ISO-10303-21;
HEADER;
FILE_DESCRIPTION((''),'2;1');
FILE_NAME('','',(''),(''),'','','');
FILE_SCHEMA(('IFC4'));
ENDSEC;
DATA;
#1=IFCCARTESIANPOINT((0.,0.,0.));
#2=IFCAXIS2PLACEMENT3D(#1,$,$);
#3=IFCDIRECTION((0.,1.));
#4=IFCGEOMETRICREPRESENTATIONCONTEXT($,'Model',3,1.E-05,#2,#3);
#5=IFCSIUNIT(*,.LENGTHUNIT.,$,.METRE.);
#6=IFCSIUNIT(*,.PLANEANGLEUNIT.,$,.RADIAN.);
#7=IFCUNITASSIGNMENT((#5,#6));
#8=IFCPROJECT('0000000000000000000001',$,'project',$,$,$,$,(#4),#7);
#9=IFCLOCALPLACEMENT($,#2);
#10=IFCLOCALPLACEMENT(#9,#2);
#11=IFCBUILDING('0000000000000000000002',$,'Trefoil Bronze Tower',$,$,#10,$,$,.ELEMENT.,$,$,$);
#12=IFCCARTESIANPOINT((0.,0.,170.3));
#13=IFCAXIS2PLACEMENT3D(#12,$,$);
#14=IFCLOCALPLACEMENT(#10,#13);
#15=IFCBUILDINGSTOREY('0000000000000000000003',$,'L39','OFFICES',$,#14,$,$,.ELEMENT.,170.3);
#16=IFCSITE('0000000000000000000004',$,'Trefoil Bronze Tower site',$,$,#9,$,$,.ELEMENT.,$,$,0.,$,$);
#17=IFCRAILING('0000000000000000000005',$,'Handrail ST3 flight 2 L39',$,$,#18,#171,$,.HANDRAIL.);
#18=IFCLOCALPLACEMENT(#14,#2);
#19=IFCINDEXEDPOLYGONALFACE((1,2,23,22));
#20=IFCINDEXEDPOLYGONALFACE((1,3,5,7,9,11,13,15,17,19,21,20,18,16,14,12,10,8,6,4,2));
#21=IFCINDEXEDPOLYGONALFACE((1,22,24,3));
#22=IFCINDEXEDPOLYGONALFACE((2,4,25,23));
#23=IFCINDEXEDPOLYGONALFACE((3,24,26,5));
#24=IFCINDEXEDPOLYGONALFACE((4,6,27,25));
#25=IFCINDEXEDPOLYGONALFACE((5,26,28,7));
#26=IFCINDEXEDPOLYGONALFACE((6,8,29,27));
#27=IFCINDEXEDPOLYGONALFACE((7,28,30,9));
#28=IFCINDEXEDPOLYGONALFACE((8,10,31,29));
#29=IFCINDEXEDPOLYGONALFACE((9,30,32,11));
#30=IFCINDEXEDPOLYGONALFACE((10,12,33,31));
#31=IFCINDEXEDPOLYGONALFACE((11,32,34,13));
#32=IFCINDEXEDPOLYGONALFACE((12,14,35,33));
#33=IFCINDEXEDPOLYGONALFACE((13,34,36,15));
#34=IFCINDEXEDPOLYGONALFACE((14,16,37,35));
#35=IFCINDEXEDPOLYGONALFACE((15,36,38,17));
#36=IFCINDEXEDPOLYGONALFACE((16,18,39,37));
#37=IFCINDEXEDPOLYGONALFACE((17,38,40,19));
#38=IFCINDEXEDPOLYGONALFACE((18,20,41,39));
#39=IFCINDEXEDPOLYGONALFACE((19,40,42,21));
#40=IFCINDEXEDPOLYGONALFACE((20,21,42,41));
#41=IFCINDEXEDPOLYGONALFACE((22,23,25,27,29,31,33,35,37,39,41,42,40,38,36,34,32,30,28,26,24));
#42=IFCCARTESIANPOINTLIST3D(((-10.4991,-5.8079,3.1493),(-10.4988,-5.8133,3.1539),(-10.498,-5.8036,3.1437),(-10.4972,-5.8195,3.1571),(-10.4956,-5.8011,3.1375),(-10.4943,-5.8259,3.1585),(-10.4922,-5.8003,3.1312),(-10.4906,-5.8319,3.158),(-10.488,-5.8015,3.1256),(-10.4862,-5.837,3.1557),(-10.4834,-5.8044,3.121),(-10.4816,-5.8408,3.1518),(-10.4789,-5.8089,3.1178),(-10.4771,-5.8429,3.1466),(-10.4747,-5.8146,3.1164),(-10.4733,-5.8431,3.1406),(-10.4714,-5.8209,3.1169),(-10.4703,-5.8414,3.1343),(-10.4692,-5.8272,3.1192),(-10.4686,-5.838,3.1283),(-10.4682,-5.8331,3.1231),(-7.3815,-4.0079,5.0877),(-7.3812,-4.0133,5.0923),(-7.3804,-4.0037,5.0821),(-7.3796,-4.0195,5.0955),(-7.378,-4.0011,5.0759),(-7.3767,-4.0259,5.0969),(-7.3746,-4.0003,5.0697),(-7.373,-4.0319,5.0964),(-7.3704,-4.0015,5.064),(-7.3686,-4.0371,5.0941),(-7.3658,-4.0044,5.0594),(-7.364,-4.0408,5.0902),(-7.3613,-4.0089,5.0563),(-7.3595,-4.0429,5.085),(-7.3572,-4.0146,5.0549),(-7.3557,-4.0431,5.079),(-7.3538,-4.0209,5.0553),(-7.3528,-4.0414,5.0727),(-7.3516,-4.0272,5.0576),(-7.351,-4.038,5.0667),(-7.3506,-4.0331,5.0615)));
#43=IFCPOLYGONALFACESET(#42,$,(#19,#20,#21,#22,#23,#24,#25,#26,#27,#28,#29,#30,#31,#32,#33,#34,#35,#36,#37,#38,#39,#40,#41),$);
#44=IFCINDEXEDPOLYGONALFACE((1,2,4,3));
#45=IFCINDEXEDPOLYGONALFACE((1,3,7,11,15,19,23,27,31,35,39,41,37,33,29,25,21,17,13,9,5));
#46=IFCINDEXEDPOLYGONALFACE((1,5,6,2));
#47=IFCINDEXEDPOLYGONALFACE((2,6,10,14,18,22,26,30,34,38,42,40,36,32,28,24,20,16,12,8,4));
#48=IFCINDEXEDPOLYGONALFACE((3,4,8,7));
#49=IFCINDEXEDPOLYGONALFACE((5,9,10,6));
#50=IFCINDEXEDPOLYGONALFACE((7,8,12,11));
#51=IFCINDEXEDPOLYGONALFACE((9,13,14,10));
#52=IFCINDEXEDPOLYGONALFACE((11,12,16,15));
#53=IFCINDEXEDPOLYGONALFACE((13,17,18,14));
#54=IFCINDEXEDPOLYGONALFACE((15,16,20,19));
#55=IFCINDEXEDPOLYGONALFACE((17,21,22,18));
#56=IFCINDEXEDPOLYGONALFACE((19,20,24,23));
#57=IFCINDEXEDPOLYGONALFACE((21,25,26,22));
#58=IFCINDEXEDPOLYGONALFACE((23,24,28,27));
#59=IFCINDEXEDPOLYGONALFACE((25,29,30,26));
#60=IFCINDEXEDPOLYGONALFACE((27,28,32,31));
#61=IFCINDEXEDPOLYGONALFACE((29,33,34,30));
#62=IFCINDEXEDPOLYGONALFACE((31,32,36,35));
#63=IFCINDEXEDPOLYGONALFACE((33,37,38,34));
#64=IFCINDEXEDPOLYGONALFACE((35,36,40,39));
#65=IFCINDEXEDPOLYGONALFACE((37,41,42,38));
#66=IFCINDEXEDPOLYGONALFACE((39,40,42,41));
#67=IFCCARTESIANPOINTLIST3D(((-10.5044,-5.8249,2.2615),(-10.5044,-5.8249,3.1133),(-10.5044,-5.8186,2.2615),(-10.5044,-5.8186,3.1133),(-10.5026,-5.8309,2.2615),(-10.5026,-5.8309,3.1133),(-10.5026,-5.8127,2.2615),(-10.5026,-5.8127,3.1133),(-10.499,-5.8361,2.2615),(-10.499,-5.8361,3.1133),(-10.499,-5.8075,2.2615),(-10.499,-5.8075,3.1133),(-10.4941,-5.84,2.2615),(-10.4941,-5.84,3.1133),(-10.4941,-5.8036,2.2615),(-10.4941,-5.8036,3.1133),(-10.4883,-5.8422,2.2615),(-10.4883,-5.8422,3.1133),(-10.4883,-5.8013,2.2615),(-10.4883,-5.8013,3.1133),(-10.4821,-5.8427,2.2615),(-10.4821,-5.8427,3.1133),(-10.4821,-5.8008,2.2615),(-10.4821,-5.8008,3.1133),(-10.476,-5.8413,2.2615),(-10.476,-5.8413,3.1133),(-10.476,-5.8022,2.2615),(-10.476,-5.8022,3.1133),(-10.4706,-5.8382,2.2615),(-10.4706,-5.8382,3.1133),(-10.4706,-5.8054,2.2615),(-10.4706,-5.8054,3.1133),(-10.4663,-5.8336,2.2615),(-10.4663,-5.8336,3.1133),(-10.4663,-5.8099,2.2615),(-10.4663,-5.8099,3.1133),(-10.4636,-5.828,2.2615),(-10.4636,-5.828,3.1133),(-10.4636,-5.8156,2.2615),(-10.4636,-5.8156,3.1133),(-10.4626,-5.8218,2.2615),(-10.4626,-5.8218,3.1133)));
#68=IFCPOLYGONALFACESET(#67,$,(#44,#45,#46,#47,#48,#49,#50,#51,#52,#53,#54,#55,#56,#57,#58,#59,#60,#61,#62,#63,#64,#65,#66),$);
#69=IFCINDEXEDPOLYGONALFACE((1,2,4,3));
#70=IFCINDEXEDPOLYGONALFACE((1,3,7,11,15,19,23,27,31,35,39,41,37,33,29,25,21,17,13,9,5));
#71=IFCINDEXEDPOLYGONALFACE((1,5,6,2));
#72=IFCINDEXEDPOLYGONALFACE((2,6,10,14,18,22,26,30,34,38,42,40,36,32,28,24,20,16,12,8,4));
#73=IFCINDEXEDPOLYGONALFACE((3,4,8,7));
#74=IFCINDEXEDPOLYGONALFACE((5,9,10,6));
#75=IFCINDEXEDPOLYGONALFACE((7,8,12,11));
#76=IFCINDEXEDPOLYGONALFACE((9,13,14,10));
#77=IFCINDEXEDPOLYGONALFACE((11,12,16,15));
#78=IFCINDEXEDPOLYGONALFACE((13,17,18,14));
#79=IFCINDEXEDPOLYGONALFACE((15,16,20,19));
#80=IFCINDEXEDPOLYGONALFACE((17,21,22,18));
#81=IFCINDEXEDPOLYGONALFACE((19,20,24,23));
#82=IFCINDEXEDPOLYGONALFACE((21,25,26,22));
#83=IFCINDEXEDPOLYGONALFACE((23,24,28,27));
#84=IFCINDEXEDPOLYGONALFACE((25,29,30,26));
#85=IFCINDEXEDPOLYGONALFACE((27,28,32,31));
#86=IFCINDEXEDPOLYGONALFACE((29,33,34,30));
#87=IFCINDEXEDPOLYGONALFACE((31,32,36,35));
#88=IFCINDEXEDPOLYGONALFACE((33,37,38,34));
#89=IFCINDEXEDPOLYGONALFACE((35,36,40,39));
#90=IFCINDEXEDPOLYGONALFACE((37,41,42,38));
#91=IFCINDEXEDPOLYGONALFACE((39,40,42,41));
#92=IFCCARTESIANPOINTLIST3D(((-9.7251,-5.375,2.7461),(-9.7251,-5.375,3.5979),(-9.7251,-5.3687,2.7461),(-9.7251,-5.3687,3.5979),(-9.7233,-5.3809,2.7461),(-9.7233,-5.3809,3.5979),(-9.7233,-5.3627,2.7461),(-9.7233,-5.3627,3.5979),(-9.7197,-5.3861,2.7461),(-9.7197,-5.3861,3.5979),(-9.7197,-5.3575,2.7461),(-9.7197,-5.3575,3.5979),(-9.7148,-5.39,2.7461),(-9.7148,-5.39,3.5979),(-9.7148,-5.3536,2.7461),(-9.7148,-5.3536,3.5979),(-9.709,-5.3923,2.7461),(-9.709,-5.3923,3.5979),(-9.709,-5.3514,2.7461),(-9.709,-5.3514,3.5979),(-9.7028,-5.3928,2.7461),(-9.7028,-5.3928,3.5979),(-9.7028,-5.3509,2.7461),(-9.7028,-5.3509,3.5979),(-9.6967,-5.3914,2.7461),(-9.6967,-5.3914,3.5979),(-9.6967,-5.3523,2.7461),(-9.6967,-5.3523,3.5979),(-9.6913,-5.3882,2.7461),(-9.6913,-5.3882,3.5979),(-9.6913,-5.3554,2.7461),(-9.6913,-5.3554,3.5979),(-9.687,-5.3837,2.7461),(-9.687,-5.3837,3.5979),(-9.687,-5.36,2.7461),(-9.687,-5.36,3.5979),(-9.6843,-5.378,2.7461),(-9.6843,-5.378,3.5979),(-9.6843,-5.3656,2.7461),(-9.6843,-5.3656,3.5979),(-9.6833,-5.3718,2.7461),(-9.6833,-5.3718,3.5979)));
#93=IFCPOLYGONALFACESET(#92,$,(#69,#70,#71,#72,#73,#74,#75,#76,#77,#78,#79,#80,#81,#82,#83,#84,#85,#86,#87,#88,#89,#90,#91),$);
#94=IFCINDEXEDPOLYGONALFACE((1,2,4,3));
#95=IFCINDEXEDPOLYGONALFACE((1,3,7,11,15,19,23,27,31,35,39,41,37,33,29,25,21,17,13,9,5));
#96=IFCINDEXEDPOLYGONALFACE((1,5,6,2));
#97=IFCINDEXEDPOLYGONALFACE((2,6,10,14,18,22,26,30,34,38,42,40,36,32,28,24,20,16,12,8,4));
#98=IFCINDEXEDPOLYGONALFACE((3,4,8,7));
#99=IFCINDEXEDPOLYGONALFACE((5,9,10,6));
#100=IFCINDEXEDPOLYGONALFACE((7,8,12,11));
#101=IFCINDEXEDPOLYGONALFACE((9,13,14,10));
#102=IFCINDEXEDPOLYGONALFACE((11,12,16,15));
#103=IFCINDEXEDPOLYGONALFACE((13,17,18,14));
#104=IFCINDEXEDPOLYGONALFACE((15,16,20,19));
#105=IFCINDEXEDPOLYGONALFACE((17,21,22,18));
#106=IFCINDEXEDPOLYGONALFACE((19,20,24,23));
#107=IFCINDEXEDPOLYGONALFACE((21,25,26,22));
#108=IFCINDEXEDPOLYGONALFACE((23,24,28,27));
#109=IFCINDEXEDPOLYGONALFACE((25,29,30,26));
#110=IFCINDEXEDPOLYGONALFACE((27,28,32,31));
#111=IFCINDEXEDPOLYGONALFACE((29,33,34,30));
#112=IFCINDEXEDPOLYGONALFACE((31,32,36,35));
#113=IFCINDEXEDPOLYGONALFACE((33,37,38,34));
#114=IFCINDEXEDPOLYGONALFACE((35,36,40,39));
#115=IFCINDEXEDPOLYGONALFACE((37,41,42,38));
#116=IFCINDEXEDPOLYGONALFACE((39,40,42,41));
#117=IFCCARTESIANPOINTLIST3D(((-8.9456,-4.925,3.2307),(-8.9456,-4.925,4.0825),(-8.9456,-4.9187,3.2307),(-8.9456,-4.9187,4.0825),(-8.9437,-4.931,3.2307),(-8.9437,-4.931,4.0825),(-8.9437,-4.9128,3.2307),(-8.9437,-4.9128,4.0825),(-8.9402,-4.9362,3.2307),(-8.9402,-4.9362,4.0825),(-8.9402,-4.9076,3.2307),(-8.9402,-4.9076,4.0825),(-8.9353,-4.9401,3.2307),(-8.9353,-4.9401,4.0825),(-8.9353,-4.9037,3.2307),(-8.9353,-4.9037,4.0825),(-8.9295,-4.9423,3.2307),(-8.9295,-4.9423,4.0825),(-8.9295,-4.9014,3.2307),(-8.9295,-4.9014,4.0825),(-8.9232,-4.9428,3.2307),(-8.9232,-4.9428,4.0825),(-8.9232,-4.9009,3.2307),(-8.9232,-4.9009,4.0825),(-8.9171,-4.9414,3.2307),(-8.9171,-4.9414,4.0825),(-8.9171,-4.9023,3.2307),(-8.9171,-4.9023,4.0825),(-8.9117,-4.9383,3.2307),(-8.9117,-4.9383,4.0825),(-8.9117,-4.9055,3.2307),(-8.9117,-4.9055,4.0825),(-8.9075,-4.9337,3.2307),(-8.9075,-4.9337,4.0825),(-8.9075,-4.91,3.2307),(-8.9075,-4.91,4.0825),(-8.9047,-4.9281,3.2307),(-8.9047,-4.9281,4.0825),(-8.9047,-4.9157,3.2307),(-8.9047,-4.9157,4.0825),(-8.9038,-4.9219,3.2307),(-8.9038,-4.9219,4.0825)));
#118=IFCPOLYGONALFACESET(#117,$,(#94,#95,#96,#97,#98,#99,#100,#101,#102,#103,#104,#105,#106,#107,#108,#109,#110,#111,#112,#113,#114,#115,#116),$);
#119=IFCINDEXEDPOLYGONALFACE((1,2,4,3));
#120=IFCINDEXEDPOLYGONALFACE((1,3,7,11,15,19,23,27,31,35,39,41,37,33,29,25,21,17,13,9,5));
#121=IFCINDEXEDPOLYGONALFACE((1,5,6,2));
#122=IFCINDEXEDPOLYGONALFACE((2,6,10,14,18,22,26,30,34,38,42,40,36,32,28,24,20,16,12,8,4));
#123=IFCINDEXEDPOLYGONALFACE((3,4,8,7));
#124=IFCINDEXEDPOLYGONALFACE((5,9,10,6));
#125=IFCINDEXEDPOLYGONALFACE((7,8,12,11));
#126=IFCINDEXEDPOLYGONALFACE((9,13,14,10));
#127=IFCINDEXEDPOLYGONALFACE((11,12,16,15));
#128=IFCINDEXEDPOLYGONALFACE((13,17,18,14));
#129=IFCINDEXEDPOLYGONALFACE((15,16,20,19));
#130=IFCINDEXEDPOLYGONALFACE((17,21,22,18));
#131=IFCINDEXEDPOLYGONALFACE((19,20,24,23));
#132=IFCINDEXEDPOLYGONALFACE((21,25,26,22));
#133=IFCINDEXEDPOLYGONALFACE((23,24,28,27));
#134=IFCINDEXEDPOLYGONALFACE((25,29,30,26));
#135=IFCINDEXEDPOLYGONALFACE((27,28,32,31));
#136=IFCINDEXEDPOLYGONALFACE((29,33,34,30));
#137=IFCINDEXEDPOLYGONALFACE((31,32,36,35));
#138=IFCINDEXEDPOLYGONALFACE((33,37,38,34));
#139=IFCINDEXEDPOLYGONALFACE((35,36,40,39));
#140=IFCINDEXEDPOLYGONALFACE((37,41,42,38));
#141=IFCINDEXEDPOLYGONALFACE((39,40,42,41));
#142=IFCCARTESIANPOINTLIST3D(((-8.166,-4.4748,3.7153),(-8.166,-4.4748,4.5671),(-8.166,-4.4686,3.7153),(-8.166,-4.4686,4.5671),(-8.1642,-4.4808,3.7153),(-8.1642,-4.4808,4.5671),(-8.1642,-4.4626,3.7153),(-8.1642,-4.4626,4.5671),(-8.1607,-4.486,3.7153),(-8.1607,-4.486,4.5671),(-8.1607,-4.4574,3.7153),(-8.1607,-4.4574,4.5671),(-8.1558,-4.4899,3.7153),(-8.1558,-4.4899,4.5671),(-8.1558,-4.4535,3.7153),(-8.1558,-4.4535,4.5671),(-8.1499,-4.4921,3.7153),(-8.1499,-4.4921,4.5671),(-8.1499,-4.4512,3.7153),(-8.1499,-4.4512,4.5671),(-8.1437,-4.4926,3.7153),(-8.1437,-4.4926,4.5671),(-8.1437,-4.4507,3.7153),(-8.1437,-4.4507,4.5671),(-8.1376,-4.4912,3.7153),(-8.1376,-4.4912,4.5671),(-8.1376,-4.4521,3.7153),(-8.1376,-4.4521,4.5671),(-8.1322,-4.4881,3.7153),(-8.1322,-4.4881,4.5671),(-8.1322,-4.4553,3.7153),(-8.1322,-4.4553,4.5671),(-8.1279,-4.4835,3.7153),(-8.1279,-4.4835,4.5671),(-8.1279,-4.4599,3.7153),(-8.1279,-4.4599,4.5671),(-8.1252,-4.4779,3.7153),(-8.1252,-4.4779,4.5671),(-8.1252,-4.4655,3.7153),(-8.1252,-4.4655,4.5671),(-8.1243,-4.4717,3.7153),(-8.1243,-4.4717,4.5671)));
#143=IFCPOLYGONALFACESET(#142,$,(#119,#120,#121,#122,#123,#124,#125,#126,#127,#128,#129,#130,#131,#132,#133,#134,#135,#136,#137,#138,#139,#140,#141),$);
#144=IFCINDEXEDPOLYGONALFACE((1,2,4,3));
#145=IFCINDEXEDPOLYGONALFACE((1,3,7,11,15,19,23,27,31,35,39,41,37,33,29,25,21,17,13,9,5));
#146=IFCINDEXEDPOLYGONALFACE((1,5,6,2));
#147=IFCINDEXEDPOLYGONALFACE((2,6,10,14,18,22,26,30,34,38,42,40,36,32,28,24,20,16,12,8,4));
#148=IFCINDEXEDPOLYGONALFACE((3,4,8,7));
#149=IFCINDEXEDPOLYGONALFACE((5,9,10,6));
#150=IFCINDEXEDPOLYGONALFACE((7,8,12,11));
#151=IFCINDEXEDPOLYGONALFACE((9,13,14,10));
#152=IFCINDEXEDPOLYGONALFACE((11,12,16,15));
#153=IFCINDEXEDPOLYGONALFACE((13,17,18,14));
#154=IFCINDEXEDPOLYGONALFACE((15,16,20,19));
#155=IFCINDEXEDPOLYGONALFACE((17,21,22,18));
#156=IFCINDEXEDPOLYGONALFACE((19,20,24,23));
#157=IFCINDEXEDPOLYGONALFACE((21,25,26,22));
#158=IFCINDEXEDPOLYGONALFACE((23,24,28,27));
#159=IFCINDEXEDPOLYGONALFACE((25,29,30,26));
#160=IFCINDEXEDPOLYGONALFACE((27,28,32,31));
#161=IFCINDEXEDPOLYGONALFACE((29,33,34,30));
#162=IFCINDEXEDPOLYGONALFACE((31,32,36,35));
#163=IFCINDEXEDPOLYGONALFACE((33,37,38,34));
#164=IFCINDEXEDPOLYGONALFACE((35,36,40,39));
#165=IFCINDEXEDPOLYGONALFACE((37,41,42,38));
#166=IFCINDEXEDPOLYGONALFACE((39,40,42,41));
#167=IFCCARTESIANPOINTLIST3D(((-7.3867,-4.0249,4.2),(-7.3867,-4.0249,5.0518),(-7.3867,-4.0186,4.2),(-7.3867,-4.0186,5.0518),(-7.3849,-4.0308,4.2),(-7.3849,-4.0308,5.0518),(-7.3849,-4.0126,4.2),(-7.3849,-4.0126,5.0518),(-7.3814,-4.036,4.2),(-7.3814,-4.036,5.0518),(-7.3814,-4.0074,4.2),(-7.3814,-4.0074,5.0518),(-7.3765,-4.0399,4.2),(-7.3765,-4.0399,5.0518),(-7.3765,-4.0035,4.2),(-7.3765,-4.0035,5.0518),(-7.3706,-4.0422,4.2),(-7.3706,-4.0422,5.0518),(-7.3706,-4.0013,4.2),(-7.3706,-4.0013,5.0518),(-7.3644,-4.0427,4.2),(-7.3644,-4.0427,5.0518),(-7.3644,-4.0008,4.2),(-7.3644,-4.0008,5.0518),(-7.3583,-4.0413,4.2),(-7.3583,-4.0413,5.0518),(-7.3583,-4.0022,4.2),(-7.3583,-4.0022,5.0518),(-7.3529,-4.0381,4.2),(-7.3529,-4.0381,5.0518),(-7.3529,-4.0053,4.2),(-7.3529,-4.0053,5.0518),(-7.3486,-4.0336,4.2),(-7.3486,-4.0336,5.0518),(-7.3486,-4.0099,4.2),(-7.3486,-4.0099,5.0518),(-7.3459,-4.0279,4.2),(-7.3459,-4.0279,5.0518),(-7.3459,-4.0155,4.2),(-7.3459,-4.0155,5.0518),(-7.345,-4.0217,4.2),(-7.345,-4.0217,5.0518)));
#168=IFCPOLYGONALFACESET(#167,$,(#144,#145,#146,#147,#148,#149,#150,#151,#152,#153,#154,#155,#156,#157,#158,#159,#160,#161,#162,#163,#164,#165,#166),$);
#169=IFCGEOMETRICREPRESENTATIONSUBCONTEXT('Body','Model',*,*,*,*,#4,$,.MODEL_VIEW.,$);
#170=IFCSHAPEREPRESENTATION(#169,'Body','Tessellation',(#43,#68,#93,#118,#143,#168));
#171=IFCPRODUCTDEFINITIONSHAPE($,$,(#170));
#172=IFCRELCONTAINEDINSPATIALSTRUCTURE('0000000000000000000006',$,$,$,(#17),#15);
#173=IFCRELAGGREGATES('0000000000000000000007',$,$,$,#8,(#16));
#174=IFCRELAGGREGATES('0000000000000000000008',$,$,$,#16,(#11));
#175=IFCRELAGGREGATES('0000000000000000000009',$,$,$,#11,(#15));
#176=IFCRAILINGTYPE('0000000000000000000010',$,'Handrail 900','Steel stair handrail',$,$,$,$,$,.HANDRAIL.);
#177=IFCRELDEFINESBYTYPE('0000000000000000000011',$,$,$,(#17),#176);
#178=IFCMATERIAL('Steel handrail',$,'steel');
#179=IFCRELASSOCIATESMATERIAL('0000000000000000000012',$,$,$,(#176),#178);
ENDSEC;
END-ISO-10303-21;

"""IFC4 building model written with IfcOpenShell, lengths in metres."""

from ifc_helpers import new_model, si_unit, direction, frame, origin, origin_2d, place, context, subcontext, project, spatial, circle, extrude, material, type_object, element, save


model = new_model("IFC4")

# Units and contexts
model_context = context("Model", 3, precision=1e-05, world=origin(), true_north=direction((0.0, 1.0)))
body_context = subcontext(model_context, "Body", "Model", "MODEL_VIEW")
ifc_project = project(units=[si_unit("LENGTHUNIT", "METRE"), si_unit("PLANEANGLEUNIT", "RADIAN")], contexts=[model_context])

# Site, building, storey
site_placement = place(None, origin())
site = spatial("IfcSite", under=ifc_project, at=site_placement, Name="Trefoil Bronze Tower site", CompositionType="ELEMENT", RefElevation=0.0)
building_placement = place(site_placement, origin())
building = spatial("IfcBuilding", under=site, at=building_placement, Name="Trefoil Bronze Tower", CompositionType="ELEMENT")
storey_placement = place(building_placement, frame((0.0, 0.0, 170.3)))
storey = spatial("IfcBuildingStorey", under=building, at=storey_placement, Name="L39", Description="OFFICES", CompositionType="ELEMENT", Elevation=170.3)

# Railing
ifc_material_1 = material(Name="Steel handrail", Category="steel")
railing_type = type_object("IfcRailingType", Name="Handrail 900", Description="Steel stair handrail", PredefinedType="HANDRAIL", material=ifc_material_1)
railing_1_placement = place(storey_placement, frame((-10.4836, -5.8218, 2.2615)))
element("IfcRailing", 1, at=railing_1_placement, inside=storey, type_object=railing_type, Name="Handrail ST3 flight 2 L39", PredefinedType="HANDRAIL", context=body_context, shape_type="SweptSolid", body=[
    extrude(circle(Radius=0.0239, at=origin_2d()), frame((0.0, 0.0, 0.876), z_axis=(0.762503, 0.440246, 0.474102), x_axis=(-0.500012, 0.866018, 0.0)), (0.0, 0.0, 1.0), 4.0886),
    extrude(circle(Radius=0.021, at=origin_2d()), origin(), (0.0, 0.0, 1.0), 0.8518),
    extrude(circle(Radius=0.021, at=origin_2d()), frame((0.7793, 0.45, 0.4846)), (0.0, 0.0, 1.0), 0.8518),
    extrude(circle(Radius=0.021, at=origin_2d()), frame((1.5588, 0.8999, 0.9692)), (0.0, 0.0, 1.0), 0.8518),
    extrude(circle(Radius=0.021, at=origin_2d()), frame((2.3384, 1.3501, 1.4539)), (0.0, 0.0, 1.0), 0.8518),
    extrude(circle(Radius=0.021, at=origin_2d()), frame((3.1177, 1.8, 1.9385)), (0.0, 0.0, 1.0), 0.8518),
])

save(model, "model.ifc")
